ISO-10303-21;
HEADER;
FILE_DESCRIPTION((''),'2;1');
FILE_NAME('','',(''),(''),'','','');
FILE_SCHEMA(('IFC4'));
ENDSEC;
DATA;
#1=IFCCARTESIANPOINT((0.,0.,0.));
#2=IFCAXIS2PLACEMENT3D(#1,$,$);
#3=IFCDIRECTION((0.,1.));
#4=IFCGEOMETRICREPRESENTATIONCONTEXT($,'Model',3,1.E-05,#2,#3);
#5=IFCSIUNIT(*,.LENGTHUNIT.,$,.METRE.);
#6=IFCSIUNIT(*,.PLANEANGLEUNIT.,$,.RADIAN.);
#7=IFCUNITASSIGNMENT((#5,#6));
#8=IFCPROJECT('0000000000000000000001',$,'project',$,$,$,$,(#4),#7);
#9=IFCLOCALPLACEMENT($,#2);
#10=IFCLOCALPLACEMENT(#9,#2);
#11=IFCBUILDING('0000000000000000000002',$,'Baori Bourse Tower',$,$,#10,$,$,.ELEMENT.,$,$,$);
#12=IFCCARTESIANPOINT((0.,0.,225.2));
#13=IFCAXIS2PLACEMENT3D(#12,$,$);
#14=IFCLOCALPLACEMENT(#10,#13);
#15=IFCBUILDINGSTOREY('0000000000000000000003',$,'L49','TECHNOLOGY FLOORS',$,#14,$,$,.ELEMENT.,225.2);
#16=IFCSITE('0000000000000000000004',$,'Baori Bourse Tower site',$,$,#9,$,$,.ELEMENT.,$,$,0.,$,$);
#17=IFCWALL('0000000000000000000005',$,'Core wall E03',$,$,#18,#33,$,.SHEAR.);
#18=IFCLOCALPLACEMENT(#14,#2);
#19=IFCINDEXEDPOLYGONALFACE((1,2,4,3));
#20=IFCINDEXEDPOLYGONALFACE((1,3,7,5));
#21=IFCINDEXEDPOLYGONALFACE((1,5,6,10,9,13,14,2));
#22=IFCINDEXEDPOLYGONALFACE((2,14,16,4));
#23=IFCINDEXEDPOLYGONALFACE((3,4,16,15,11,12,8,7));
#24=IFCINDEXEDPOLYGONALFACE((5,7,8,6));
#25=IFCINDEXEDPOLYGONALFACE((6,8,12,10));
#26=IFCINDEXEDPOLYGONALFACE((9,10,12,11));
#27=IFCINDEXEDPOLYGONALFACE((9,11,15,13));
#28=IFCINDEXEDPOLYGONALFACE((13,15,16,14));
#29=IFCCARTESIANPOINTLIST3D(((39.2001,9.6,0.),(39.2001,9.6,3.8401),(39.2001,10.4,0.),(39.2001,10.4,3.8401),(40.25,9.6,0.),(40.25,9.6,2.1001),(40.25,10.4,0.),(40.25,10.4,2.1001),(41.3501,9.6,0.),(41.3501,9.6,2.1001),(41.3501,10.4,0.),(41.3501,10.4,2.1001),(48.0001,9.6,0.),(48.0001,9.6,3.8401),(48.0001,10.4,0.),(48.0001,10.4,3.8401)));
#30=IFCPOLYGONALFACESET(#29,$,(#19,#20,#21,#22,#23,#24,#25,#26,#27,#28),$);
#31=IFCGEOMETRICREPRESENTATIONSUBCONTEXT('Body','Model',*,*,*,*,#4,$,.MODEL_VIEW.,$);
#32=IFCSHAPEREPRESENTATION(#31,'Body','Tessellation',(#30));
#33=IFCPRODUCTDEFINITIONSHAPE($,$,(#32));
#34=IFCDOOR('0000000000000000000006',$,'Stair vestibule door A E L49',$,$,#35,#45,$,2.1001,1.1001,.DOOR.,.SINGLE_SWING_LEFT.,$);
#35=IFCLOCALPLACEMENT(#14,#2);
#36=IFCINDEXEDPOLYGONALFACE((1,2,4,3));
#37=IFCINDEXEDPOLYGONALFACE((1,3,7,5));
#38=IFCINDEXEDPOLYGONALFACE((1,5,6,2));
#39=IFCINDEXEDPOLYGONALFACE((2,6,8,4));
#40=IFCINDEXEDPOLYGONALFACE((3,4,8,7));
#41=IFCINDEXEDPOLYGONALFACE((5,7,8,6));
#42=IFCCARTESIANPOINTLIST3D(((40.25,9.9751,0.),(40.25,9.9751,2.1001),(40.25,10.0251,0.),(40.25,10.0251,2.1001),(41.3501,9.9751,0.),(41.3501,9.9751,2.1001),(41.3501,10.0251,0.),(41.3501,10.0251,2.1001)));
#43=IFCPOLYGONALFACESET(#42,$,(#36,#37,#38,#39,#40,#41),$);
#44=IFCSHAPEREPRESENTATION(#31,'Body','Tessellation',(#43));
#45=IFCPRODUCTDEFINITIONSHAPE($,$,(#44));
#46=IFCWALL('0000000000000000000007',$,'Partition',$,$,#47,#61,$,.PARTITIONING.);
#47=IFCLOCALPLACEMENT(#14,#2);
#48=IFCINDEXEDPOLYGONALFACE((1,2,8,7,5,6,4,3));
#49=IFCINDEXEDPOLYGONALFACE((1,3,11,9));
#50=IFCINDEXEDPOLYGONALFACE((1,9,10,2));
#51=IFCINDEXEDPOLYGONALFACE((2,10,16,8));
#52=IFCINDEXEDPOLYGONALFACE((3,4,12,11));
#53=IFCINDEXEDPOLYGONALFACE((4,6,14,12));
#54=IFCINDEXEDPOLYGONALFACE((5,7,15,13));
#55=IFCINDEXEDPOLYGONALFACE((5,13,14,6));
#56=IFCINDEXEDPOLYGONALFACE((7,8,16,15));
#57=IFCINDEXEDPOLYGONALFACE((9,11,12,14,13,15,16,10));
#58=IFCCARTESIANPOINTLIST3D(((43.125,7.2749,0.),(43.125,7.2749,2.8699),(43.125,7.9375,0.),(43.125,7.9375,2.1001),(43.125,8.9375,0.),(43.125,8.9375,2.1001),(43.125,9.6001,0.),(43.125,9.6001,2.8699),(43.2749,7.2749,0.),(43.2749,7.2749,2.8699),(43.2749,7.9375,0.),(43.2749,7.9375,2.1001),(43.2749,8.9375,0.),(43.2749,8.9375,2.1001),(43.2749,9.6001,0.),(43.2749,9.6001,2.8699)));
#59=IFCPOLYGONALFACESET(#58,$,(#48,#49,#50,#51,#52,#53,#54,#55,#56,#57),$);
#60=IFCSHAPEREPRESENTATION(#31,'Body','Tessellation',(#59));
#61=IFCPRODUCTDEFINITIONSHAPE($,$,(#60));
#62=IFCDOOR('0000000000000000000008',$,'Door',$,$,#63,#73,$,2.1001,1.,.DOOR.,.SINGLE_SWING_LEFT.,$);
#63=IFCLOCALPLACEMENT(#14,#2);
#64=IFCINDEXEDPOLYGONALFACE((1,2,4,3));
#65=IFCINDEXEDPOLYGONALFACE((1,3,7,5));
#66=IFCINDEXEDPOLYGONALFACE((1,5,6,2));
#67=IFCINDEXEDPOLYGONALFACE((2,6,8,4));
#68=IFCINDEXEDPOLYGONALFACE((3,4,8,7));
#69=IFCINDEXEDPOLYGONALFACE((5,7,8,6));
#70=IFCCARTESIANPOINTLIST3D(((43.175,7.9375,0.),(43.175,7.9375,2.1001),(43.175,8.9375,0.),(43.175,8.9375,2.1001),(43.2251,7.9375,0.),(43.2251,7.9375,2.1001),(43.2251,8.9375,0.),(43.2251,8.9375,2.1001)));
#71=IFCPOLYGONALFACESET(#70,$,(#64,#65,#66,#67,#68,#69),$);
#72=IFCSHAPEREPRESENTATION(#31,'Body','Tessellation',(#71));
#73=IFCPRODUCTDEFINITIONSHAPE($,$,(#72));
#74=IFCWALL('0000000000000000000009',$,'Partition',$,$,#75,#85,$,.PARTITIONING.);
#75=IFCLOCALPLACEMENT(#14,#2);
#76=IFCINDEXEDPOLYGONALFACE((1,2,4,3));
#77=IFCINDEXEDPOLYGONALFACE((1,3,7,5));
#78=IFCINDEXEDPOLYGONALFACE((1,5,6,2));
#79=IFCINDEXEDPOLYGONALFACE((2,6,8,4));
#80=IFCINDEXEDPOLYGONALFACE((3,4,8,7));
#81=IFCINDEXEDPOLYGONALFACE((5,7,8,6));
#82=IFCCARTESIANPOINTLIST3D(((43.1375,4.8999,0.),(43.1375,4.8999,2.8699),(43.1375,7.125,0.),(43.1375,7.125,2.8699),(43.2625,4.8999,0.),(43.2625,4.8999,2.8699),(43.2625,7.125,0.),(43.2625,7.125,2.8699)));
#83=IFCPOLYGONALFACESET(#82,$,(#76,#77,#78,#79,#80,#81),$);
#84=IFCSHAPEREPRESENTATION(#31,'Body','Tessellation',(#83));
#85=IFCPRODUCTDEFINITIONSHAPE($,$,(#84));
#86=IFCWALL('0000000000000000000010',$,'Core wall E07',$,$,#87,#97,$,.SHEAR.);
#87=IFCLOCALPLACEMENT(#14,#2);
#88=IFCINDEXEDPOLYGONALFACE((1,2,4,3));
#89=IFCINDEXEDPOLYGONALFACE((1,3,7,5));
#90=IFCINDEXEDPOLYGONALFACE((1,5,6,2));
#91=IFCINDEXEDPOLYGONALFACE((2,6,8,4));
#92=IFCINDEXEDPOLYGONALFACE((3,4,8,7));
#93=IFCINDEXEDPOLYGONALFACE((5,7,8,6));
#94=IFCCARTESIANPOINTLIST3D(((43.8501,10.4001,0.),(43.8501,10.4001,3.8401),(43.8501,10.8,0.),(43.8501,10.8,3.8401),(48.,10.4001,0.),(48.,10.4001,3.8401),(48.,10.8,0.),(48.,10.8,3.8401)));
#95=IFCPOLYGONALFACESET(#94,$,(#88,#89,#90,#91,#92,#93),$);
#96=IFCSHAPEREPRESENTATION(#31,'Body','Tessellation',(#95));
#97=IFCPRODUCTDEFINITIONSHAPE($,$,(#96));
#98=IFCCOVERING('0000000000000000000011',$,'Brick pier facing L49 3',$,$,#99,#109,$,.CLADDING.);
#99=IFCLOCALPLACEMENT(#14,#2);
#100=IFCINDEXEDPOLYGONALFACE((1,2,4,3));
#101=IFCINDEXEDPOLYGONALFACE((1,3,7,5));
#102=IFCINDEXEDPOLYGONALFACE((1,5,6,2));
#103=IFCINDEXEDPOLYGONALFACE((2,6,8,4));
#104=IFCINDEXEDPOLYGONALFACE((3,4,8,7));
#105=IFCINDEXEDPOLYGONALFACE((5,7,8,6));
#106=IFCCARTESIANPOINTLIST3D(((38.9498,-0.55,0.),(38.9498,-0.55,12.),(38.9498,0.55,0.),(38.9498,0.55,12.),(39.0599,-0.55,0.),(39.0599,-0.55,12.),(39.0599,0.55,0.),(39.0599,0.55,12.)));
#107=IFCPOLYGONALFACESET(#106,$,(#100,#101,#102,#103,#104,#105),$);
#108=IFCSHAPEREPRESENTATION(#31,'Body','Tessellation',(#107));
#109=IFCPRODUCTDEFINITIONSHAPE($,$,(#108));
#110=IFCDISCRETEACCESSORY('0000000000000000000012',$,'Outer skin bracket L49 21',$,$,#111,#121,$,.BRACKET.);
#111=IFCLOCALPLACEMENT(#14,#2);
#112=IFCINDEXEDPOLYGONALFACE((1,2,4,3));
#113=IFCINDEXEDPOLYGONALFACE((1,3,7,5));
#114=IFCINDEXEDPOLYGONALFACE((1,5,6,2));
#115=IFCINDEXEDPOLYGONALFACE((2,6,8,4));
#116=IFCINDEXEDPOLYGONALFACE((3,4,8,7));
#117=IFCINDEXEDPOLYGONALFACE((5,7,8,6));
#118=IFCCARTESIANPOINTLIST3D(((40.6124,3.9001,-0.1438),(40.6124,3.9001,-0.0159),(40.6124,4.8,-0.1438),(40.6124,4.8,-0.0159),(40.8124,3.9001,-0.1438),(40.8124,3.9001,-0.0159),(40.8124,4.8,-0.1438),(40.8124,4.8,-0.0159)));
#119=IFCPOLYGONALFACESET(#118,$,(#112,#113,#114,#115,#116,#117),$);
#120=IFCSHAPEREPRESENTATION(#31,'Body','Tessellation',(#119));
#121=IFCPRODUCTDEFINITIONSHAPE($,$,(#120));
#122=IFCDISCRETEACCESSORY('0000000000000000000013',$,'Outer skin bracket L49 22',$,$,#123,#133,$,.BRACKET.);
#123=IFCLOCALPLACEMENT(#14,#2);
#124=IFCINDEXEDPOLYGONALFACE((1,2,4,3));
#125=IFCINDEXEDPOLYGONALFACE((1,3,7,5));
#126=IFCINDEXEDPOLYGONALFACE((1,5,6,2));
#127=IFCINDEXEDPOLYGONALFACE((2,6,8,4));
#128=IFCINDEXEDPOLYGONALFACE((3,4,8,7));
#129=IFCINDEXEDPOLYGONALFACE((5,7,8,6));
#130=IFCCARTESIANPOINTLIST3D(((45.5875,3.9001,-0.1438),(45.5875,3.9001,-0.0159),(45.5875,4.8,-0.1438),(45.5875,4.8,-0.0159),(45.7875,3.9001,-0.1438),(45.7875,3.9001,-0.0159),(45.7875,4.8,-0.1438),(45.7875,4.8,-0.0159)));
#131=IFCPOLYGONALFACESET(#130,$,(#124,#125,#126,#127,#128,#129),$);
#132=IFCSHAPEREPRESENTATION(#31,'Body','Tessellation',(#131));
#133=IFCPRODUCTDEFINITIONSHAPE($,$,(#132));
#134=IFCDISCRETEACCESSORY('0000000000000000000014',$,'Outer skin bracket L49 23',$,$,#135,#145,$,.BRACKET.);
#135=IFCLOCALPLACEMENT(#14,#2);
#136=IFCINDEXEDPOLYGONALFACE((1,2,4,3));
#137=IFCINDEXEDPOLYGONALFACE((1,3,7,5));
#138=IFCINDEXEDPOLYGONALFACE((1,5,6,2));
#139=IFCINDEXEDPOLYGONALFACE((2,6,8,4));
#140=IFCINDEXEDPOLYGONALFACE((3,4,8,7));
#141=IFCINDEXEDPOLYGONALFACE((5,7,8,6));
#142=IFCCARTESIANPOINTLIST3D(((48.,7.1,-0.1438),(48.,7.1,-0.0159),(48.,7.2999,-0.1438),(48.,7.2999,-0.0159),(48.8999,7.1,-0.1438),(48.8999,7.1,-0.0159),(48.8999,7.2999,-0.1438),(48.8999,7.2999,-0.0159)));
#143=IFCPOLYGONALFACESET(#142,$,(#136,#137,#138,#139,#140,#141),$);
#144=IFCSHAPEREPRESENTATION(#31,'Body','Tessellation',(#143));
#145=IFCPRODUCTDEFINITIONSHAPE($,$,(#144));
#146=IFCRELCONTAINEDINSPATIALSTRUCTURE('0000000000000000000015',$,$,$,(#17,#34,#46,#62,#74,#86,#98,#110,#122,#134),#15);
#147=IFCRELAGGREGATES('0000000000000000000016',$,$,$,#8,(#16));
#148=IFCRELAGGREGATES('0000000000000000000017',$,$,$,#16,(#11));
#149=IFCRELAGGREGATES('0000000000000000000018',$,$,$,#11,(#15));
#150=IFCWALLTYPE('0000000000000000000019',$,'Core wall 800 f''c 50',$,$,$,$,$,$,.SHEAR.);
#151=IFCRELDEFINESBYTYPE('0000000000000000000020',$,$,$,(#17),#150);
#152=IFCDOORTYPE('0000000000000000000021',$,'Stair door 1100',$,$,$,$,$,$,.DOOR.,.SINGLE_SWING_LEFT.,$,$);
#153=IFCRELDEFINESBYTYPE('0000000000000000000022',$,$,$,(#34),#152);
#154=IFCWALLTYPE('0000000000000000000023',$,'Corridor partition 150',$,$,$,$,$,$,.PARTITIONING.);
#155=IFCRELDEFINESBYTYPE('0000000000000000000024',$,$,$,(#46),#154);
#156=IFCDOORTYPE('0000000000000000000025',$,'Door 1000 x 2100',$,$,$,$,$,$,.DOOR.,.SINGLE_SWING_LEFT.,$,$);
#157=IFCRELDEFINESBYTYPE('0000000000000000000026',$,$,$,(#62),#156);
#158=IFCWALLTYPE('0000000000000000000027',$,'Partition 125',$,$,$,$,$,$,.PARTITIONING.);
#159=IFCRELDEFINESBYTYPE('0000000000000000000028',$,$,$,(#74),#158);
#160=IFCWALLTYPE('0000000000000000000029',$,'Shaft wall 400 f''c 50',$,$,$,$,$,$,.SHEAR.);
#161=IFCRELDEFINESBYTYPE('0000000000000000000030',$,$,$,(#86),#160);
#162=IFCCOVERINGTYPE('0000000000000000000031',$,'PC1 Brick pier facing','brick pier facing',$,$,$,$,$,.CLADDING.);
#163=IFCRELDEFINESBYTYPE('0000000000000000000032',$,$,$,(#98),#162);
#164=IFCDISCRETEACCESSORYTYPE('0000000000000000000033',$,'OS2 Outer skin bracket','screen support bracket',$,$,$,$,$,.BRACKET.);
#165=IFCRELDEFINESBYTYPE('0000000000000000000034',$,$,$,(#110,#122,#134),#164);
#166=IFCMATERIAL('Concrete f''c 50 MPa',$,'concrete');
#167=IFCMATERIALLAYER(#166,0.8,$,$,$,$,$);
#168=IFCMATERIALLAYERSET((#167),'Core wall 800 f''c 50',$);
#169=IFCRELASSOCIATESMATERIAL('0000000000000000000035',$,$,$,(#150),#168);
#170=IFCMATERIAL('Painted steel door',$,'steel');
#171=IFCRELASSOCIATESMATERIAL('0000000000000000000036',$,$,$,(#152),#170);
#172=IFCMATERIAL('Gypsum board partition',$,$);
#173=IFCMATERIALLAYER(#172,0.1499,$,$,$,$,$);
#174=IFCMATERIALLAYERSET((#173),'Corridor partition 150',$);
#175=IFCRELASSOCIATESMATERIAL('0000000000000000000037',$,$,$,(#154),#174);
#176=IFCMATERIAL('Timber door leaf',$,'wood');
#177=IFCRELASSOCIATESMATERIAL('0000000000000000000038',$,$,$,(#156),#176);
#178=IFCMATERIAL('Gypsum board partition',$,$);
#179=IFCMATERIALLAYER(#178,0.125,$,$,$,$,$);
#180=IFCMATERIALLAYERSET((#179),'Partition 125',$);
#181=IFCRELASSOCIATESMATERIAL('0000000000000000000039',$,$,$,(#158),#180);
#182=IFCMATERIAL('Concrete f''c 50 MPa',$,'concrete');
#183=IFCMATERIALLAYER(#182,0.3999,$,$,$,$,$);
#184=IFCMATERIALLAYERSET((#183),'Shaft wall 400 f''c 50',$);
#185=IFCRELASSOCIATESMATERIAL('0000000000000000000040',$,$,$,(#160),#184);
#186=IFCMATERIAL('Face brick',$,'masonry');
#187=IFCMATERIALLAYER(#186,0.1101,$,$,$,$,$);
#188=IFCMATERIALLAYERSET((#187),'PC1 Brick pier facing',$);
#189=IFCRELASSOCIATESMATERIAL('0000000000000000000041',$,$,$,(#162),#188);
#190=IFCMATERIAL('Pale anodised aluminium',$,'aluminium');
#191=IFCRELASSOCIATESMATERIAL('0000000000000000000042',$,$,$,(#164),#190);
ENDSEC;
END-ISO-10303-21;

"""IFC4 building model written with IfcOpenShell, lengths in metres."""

from ifc_helpers import new_model, si_unit, direction, frame, frame_2d, origin, origin_2d, place, context, subcontext, project, spatial, rectangle, extrude, material, layer, layer_set, type_object, element, fill, save


model = new_model("IFC4")

# Units and contexts
model_context = context("Model", 3, precision=1e-05, world=origin(), true_north=direction((0.0, 1.0)))
body_context = subcontext(model_context, "Body", "Model", "MODEL_VIEW")
ifc_project = project(units=[si_unit("LENGTHUNIT", "METRE"), si_unit("PLANEANGLEUNIT", "RADIAN")], contexts=[model_context])

# Site, building, storey
site_placement = place(None, origin())
site = spatial("IfcSite", under=ifc_project, at=site_placement, Name="Baori Bourse Tower site", CompositionType="ELEMENT", RefElevation=0.0)
building_placement = place(site_placement, origin())
building = spatial("IfcBuilding", under=site, at=building_placement, Name="Baori Bourse Tower", CompositionType="ELEMENT")
storey_placement = place(building_placement, frame((0.0, 0.0, 225.2)))
storey = spatial("IfcBuildingStorey", under=building, at=storey_placement, Name="L49", Description="TECHNOLOGY FLOORS", CompositionType="ELEMENT", Elevation=225.2)

# Shared definitions
ifc_material_1 = material(Name="Concrete f'c 50 MPa", Category="concrete")
ifc_layer_1 = layer(ifc_material_1, 0.8)
ifc_layer_set_1 = layer_set([ifc_layer_1], Name="Core wall 800 f'c 50")
wall_type_1 = type_object("IfcWallType", Name="Core wall 800 f'c 50", PredefinedType="SHEAR", material=ifc_layer_set_1)

# Walls, openings, doors
wall_1_placement = place(storey_placement, frame((48.0, 10.0, 0.0), z_axis=(0.0, 0.0, 1.0), x_axis=(-1.0, 0.0, 0.0)))
wall_1 = element("IfcWall", 1, at=wall_1_placement, inside=storey, type_object=wall_type_1, Name="Core wall E03", PredefinedType="SHEAR", context=body_context, shape_type="SweptSolid", body=[
    extrude(rectangle(XDim=8.8, YDim=0.8, at=frame_2d((4.3999, 0.0))), origin(), (0.0, 0.0, 1.0), 3.8401),
])
opening_1_placement = place(wall_1_placement, frame((6.6499, 0.0, 0.0)))
opening_1 = element("IfcOpeningElement", 2, at=opening_1_placement, cuts=wall_1, PredefinedType="OPENING", context=body_context, shape_type="SweptSolid", body=[
    extrude(rectangle(XDim=1.1001, YDim=2.1001, at=frame_2d((0.55, 1.05))), frame((0.0, 0.4099, 0.0), z_axis=(0.0, -1.0, 0.0), x_axis=(1.0, 0.0, 0.0)), (0.0, 0.0, 1.0), 0.8201),
])
ifc_material_2 = material(Name="Painted steel door", Category="steel")
door_type_1 = type_object("IfcDoorType", Name="Stair door 1100", OperationType="SINGLE_SWING_LEFT", PredefinedType="DOOR", material=ifc_material_2)
door_1_placement = place(opening_1_placement, origin())
door_1 = element("IfcDoor", 3, at=door_1_placement, inside=storey, type_object=door_type_1, Name="Stair vestibule door A E L49", OperationType="SINGLE_SWING_LEFT", OverallHeight=2.1001, OverallWidth=1.1001, PredefinedType="DOOR", context=body_context, shape_type="SweptSolid", body=[
    extrude(rectangle(XDim=1.1001, YDim=2.1001, at=frame_2d((0.55, 1.05))), frame((0.0, 0.0249, 0.0), z_axis=(0.0, -1.0, 0.0), x_axis=(1.0, 0.0, 0.0)), (0.0, 0.0, 1.0), 0.05),
])
fill(opening_1, door_1)
ifc_material_3 = material(Name="Gypsum board partition")
ifc_layer_2 = layer(ifc_material_3, 0.1499)
ifc_layer_set_2 = layer_set([ifc_layer_2], Name="Corridor partition 150")
wall_type_2 = type_object("IfcWallType", Name="Corridor partition 150", PredefinedType="PARTITIONING", material=ifc_layer_set_2)
wall_2_placement = place(storey_placement, frame((43.2, 7.2749, 0.0), z_axis=(0.0, 0.0, 1.0), x_axis=(0.0, 1.0, 0.0)))
wall_2 = element("IfcWall", 4, at=wall_2_placement, inside=storey, type_object=wall_type_2, Name="Partition", PredefinedType="PARTITIONING", context=body_context, shape_type="SweptSolid", body=[
    extrude(rectangle(XDim=2.3252, YDim=0.1499, at=frame_2d((1.1626, 0.0))), origin(), (0.0, 0.0, 1.0), 2.8699),
])
opening_2_placement = place(wall_2_placement, frame((0.6626, 0.0, 0.0)))
opening_2 = element("IfcOpeningElement", 5, at=opening_2_placement, cuts=wall_2, PredefinedType="OPENING", context=body_context, shape_type="SweptSolid", body=[
    extrude(rectangle(XDim=1.0, YDim=2.1001, at=frame_2d((0.5, 1.05))), frame((0.0, 0.085, 0.0), z_axis=(0.0, -1.0, 0.0), x_axis=(1.0, 0.0, 0.0)), (0.0, 0.0, 1.0), 0.1699),
])
ifc_material_4 = material(Name="Timber door leaf", Category="wood")
door_type_2 = type_object("IfcDoorType", Name="Door 1000 x 2100", OperationType="SINGLE_SWING_LEFT", PredefinedType="DOOR", material=ifc_material_4)
door_2_placement = place(opening_2_placement, origin())
door_2 = element("IfcDoor", 6, at=door_2_placement, inside=storey, type_object=door_type_2, Name="Door", OperationType="SINGLE_SWING_LEFT", OverallHeight=2.1001, OverallWidth=1.0, PredefinedType="DOOR", context=body_context, shape_type="SweptSolid", body=[
    extrude(rectangle(XDim=1.0, YDim=2.1001, at=frame_2d((0.5, 1.05))), frame((0.0, 0.0249, 0.0), z_axis=(0.0, -1.0, 0.0), x_axis=(1.0, 0.0, 0.0)), (0.0, 0.0, 1.0), 0.05),
])
fill(opening_2, door_2)

# Walls
ifc_material_5 = material(Name="Gypsum board partition")
ifc_layer_3 = layer(ifc_material_5, 0.125)
ifc_layer_set_3 = layer_set([ifc_layer_3], Name="Partition 125")
wall_type_3 = type_object("IfcWallType", Name="Partition 125", PredefinedType="PARTITIONING", material=ifc_layer_set_3)
wall_3_placement = place(storey_placement, frame((43.2, 4.8999, 0.0), z_axis=(0.0, 0.0, 1.0), x_axis=(0.0, 1.0, 0.0)))
element("IfcWall", 7, at=wall_3_placement, inside=storey, type_object=wall_type_3, Name="Partition", PredefinedType="PARTITIONING", context=body_context, shape_type="SweptSolid", body=[
    extrude(rectangle(XDim=2.2251, YDim=0.125, at=frame_2d((1.1125, 0.0))), origin(), (0.0, 0.0, 1.0), 2.8699),
])
ifc_material_6 = material(Name="Concrete f'c 50 MPa", Category="concrete")
ifc_layer_4 = layer(ifc_material_6, 0.3999)
ifc_layer_set_4 = layer_set([ifc_layer_4], Name="Shaft wall 400 f'c 50")
wall_type_4 = type_object("IfcWallType", Name="Shaft wall 400 f'c 50", PredefinedType="SHEAR", material=ifc_layer_set_4)
wall_4_placement = place(storey_placement, frame((43.8501, 10.6001, 0.0), z_axis=(0.0, 0.0, 1.0), x_axis=(1.0, 0.0, 0.0)))
element("IfcWall", 8, at=wall_4_placement, inside=storey, type_object=wall_type_4, Name="Core wall E07", PredefinedType="SHEAR", context=body_context, shape_type="SweptSolid", body=[
    extrude(rectangle(XDim=4.1499, YDim=0.3999, at=frame_2d((2.075, 0.0))), origin(), (0.0, 0.0, 1.0), 3.8401),
])

# Covering
ifc_material_7 = material(Name="Face brick", Category="masonry")
ifc_layer_5 = layer(ifc_material_7, 0.1101)
ifc_layer_set_5 = layer_set([ifc_layer_5], Name="PC1 Brick pier facing")
covering_type = type_object("IfcCoveringType", Name="PC1 Brick pier facing", Description="brick pier facing", PredefinedType="CLADDING", material=ifc_layer_set_5)
covering_placement = place(storey_placement, frame((39.0049, 0.0, 0.0), z_axis=(0.0, 0.0, 1.0), x_axis=(1.0, 0.0, 0.0)))
element("IfcCovering", 9, at=covering_placement, inside=storey, type_object=covering_type, Name="Brick pier facing L49 3", PredefinedType="CLADDING", context=body_context, shape_type="SweptSolid", body=[
    extrude(rectangle(XDim=0.1101, YDim=1.1001, at=origin_2d()), origin(), (0.0, 0.0, 1.0), 12.0),
])

# Discrete accessories
ifc_material_8 = material(Name="Pale anodised aluminium", Category="aluminium")
discrete_accessory_type = type_object("IfcDiscreteAccessoryType", Name="OS2 Outer skin bracket", Description="screen support bracket", PredefinedType="BRACKET", material=ifc_material_8)
for number, where, z_axis, x_axis, name in (
    (10, (40.7124, 4.3501, -0.1438), (0.0, 0.0, 1.0), (1.0, 0.0, 0.0), "Outer skin bracket L49 21"),
    (11, (45.6875, 4.3501, -0.1438), (0.0, 0.0, 1.0), (1.0, 0.0, 0.0), "Outer skin bracket L49 22"),
    (12, (48.45, 7.2, -0.1438), (0.0, 0.0, 1.0), (0.0, 1.0, 0.0), "Outer skin bracket L49 23"),
):
    element("IfcDiscreteAccessory", number, at=place(storey_placement, frame(where, z_axis=z_axis, x_axis=x_axis)), inside=storey, type_object=discrete_accessory_type, Name=name, PredefinedType="BRACKET", context=body_context, shape_type="SweptSolid", body=[
        extrude(rectangle(XDim=0.2, YDim=0.8999, at=origin_2d()), origin(), (0.0, 0.0, 1.0), 0.1279),
    ])

save(model, "model.ifc")
